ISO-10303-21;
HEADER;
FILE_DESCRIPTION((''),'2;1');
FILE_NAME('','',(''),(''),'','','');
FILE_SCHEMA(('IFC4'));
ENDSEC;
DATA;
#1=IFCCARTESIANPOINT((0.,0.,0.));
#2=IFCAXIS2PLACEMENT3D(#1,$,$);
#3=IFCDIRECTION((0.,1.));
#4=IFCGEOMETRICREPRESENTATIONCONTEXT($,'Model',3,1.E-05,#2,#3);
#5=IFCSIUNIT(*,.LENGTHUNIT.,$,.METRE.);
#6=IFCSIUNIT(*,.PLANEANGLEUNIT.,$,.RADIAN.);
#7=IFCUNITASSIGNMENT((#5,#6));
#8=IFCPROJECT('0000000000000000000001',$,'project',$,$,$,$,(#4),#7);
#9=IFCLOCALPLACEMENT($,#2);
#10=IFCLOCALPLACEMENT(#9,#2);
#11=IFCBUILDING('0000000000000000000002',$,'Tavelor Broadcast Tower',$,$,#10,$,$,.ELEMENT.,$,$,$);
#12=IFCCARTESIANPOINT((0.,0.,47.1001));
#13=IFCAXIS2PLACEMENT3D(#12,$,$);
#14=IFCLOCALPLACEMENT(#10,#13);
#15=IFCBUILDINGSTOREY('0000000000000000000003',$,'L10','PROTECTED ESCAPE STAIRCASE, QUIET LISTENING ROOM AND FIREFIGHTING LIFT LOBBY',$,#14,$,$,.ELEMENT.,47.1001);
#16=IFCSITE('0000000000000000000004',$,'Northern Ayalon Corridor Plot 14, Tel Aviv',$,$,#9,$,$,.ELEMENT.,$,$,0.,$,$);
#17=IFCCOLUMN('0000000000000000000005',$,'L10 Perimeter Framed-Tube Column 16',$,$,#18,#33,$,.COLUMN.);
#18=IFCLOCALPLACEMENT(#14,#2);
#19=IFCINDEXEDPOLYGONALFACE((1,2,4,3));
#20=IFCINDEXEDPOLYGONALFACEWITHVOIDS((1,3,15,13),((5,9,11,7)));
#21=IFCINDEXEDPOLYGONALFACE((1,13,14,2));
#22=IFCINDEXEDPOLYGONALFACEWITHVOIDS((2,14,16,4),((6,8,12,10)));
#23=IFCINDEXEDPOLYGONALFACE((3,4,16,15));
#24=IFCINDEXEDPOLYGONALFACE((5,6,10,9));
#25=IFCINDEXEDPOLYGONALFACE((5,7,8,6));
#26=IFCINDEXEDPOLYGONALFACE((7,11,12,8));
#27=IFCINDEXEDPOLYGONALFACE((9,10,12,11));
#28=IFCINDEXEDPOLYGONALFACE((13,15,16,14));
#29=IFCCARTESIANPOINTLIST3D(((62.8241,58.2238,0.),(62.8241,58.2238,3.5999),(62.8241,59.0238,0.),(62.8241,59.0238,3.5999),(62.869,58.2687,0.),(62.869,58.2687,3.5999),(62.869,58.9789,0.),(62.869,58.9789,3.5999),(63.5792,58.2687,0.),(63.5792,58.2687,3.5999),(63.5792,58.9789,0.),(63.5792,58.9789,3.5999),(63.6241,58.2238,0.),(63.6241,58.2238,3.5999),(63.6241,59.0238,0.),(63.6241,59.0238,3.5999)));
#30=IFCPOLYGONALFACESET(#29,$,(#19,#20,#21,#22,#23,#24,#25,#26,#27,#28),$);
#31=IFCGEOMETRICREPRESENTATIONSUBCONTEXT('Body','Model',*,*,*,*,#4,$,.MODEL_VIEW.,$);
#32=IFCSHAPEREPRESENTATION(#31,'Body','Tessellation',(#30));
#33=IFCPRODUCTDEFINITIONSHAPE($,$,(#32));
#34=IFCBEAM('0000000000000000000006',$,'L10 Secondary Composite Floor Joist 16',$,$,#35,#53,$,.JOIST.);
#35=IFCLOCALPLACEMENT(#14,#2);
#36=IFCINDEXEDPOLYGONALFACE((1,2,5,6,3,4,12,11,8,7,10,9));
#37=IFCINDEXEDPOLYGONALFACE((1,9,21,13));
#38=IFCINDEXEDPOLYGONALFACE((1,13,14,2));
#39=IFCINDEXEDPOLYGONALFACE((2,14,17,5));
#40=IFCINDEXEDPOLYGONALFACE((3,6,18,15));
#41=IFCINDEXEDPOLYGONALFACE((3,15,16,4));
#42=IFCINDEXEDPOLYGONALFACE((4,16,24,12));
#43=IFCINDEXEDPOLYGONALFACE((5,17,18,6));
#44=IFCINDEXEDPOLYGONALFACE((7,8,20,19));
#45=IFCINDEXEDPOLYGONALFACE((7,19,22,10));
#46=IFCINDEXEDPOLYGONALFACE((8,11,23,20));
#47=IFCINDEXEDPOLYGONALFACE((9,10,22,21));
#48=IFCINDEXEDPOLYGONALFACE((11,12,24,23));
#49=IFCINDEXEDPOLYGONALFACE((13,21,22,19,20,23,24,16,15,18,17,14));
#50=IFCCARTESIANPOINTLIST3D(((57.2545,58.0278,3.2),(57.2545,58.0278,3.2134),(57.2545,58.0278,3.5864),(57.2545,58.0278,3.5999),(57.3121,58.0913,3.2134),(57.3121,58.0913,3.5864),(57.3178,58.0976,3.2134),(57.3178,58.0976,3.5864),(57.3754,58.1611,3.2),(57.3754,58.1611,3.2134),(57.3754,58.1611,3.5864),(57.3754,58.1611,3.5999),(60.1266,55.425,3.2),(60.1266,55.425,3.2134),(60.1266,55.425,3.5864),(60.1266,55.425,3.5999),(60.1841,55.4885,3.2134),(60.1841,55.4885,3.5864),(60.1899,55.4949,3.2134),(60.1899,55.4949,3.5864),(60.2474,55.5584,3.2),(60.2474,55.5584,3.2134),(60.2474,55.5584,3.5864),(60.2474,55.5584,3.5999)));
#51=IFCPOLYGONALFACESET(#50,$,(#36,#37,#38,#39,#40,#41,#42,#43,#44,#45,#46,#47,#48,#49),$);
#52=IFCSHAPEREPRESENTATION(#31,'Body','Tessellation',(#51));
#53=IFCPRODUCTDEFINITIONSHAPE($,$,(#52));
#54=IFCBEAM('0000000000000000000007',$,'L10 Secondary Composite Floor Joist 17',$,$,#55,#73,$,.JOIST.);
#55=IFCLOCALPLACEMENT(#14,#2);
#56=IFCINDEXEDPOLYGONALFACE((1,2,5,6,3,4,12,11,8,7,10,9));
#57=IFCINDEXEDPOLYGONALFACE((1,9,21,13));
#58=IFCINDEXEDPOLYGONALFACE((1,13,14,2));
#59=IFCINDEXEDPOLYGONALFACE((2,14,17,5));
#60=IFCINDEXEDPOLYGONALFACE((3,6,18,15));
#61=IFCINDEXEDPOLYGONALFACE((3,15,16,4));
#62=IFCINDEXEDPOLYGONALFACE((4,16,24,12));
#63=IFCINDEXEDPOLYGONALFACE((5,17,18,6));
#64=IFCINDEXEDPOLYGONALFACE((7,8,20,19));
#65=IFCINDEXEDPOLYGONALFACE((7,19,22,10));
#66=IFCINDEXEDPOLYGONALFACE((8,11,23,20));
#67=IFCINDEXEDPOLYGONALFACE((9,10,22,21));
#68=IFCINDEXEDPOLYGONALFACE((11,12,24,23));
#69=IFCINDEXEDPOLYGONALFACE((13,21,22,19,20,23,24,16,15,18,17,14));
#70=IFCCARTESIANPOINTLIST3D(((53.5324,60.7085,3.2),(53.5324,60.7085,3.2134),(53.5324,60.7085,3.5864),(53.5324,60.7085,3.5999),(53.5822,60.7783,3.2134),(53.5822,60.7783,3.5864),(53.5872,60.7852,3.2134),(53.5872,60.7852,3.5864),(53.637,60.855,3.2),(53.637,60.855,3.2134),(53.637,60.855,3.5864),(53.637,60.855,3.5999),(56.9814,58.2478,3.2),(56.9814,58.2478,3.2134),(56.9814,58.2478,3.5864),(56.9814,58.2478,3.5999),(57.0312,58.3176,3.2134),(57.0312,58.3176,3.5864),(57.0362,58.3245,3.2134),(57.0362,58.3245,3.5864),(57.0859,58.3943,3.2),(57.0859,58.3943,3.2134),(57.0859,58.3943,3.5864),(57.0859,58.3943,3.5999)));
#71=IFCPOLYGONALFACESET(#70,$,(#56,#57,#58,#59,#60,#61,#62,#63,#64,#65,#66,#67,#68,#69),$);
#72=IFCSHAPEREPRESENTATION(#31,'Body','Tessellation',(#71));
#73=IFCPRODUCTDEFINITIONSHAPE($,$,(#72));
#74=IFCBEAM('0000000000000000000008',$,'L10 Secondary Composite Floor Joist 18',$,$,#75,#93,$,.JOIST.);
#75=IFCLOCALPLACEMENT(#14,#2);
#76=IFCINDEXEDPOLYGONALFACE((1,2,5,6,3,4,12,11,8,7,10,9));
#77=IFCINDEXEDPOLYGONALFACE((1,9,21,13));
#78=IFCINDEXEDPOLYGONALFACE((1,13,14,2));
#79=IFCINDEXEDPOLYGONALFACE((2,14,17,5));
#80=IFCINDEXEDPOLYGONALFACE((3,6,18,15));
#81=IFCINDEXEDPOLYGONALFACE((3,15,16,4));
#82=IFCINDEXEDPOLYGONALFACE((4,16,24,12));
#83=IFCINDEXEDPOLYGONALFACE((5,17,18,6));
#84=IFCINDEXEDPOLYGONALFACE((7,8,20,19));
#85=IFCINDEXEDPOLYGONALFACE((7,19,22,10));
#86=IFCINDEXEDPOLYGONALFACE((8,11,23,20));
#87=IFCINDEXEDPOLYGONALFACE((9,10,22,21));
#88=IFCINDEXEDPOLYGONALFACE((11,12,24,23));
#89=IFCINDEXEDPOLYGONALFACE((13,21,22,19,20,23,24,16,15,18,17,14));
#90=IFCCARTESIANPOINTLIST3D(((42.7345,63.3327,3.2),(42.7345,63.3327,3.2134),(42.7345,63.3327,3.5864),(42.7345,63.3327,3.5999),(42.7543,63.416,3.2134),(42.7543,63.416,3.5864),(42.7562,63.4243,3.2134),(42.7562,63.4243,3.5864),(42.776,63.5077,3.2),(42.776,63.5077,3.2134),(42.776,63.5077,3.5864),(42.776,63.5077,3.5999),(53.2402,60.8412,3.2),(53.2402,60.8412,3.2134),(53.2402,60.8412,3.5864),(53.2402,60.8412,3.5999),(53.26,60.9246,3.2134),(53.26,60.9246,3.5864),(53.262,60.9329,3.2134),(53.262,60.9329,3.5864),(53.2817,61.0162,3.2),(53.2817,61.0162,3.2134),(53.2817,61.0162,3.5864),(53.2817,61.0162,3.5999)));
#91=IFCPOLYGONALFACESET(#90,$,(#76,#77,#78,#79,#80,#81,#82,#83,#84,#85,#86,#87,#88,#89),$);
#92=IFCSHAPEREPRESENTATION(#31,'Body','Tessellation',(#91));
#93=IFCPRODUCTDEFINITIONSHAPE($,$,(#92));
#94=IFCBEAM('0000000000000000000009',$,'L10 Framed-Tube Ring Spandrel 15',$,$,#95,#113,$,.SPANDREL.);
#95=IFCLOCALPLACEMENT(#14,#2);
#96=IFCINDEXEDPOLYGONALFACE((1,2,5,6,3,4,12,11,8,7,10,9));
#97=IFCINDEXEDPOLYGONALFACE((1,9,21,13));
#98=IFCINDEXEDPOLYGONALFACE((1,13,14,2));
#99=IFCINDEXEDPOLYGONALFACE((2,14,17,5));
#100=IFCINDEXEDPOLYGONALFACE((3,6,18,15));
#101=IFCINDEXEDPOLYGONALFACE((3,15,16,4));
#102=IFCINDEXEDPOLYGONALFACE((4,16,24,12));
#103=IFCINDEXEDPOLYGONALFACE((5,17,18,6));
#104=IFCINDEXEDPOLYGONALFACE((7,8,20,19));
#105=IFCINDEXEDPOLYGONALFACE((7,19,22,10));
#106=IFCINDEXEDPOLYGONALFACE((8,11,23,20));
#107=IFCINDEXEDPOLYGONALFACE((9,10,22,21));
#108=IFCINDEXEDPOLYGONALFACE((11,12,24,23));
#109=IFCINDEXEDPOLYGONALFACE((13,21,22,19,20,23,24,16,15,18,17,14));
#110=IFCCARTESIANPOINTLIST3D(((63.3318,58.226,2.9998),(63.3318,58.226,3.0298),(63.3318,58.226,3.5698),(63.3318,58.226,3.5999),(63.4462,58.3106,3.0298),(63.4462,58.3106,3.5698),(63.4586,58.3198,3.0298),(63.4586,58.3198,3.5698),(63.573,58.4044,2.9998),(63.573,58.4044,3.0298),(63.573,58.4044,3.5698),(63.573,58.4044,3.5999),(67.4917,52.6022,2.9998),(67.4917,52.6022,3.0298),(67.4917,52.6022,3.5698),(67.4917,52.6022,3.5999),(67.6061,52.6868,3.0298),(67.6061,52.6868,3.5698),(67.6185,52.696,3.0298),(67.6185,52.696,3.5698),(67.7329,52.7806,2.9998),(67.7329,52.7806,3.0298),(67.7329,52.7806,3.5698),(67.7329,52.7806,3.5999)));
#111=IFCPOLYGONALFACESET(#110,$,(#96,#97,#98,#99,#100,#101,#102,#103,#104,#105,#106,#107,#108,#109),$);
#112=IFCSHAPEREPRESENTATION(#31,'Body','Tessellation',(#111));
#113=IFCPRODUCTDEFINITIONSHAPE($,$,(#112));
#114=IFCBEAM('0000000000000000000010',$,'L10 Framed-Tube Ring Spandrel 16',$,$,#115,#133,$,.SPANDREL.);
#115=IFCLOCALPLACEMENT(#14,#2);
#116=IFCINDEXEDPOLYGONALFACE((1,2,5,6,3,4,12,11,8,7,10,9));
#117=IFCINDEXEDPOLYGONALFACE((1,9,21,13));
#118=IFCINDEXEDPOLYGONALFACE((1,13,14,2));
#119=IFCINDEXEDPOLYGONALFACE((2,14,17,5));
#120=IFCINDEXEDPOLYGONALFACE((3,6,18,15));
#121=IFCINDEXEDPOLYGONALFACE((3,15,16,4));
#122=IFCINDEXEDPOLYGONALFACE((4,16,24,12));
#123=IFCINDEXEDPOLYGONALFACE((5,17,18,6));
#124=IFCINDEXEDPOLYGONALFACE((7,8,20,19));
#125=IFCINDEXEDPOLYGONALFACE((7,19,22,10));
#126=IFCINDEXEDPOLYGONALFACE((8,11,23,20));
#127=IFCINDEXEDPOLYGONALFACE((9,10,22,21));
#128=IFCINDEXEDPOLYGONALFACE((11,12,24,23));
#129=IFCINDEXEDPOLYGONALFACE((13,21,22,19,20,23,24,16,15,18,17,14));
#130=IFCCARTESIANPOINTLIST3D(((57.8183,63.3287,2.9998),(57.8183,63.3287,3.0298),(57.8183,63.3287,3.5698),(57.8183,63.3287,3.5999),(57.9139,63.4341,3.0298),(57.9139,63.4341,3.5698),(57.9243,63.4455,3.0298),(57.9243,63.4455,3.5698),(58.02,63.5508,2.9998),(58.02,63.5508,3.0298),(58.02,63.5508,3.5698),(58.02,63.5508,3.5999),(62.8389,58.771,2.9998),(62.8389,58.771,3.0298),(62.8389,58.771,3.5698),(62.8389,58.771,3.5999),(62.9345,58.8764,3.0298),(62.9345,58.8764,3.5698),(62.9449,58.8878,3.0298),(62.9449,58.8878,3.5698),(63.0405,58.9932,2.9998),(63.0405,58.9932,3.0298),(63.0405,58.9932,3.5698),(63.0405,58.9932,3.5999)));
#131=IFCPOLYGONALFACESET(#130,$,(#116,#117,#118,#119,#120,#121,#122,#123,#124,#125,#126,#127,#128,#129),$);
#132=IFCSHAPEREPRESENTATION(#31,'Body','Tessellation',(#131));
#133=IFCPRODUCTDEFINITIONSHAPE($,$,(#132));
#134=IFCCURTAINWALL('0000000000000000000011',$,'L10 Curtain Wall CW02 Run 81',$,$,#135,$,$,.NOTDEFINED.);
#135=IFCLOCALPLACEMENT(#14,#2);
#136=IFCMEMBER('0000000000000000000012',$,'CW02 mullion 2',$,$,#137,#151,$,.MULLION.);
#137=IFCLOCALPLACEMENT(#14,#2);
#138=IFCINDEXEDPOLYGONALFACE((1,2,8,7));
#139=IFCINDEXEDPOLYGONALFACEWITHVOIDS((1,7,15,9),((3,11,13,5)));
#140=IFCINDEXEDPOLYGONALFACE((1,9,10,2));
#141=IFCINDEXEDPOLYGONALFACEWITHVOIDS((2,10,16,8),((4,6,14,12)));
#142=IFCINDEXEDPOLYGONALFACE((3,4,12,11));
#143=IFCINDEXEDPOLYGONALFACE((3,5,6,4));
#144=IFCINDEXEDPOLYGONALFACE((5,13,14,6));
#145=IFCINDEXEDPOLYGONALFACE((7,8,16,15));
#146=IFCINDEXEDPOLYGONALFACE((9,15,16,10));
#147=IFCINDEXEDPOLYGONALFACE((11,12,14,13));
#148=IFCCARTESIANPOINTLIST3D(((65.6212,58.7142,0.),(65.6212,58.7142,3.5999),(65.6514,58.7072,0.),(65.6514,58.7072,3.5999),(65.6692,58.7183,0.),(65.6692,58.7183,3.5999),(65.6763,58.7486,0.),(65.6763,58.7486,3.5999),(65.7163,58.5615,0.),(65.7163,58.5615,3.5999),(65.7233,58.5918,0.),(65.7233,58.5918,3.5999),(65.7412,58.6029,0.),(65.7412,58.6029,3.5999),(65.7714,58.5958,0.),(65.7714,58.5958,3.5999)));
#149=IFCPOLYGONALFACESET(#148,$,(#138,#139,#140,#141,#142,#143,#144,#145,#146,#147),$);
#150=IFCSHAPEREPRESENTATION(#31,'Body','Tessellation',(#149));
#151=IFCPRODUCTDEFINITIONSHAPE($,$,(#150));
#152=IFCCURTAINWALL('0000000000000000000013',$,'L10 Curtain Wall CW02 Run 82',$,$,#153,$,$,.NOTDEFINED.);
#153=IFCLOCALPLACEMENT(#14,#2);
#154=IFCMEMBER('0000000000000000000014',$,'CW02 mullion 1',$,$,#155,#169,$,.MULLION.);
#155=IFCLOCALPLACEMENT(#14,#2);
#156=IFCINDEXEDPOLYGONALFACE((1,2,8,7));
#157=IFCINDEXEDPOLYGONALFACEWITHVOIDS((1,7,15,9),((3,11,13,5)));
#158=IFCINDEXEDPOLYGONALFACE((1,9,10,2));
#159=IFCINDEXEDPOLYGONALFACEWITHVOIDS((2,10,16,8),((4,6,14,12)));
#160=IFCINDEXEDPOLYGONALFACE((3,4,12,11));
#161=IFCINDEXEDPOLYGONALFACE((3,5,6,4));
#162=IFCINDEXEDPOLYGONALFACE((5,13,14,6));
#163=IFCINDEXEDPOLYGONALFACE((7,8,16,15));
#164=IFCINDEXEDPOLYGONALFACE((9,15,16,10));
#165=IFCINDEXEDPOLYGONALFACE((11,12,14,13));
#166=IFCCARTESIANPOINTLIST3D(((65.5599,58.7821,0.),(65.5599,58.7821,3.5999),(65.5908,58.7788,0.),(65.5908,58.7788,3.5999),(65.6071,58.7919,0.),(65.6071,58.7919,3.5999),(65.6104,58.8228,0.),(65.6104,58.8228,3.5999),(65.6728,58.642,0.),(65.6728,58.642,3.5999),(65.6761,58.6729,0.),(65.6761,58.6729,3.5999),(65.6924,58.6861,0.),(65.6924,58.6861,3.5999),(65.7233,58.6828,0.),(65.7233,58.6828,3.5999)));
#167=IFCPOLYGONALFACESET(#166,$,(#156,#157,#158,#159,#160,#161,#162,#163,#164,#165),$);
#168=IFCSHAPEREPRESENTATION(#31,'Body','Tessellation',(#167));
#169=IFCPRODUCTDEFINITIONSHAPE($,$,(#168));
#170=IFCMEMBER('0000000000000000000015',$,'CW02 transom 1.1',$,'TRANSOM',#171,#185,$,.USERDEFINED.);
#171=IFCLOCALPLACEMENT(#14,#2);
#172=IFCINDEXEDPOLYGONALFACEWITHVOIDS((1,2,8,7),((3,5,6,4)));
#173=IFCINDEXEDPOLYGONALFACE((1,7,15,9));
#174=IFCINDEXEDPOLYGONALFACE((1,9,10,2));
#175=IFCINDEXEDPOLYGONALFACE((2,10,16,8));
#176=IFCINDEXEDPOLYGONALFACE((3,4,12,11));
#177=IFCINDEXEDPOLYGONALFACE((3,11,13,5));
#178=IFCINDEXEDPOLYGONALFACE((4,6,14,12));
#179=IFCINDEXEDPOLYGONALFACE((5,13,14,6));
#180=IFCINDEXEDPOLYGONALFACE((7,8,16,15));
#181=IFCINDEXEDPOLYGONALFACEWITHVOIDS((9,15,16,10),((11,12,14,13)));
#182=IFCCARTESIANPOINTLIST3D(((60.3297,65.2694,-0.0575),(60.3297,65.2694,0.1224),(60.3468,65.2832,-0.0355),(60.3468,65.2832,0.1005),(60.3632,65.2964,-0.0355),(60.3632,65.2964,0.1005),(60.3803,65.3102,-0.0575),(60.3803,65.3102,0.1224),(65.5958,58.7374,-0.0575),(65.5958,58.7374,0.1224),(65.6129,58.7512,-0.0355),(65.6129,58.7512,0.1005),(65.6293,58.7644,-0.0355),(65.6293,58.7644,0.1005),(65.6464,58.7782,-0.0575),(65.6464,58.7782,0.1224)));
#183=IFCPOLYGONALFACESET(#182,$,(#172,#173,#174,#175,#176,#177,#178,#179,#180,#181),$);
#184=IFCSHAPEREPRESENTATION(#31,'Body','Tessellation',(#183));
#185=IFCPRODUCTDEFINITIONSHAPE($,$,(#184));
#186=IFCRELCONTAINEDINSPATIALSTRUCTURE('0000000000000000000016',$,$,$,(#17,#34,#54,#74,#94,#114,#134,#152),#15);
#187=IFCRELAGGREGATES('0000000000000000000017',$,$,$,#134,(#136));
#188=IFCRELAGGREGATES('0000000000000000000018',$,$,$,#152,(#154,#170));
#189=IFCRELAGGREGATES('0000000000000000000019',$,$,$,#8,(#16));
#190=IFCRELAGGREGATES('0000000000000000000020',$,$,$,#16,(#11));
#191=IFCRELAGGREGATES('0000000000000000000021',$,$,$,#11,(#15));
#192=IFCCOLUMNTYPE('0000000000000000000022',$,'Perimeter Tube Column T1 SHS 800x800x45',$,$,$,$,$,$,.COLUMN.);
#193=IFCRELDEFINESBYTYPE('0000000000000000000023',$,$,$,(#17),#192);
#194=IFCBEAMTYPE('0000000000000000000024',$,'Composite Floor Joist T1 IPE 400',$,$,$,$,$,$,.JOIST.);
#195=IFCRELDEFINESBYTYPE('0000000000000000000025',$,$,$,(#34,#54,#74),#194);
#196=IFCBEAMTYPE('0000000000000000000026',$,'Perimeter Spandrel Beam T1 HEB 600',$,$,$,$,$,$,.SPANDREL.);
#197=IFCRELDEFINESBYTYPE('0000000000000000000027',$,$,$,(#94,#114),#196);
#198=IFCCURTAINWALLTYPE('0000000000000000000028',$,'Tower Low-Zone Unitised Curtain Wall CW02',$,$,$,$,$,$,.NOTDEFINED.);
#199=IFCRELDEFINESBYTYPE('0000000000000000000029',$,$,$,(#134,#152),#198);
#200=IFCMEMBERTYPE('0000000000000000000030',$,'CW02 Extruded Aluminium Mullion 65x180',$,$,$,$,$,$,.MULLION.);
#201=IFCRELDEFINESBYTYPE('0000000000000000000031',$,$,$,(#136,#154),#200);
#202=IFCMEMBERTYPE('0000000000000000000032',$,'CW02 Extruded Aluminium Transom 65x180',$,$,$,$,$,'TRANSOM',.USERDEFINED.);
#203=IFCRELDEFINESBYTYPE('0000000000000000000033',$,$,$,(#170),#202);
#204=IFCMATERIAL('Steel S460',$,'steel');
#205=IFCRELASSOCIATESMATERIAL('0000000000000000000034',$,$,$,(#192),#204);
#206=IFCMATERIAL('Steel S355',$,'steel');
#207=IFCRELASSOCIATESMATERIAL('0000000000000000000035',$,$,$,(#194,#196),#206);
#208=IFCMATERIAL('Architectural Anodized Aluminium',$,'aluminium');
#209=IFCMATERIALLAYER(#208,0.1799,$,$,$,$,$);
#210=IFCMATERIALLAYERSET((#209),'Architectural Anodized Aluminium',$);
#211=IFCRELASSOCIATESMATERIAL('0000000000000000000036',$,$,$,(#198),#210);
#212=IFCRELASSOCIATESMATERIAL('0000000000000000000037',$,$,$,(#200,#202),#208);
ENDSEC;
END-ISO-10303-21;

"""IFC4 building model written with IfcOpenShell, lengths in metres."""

from ifc_helpers import new_model, si_unit, direction, frame, origin, origin_2d, place, context, subcontext, project, spatial, hollow_rectangle, i_section, extrude, source, transform, mapped, material, layer, layer_set, material_profile, profile_set, type_object, type_shapes, element, aggregate, save


model = new_model("IFC4")

# Units and contexts
model_context = context("Model", 3, precision=1e-05, world=origin(), true_north=direction((0.0, 1.0)))
body_context = subcontext(model_context, "Body", "Model", "MODEL_VIEW")
ifc_project = project(units=[si_unit("LENGTHUNIT", "METRE"), si_unit("PLANEANGLEUNIT", "RADIAN")], contexts=[model_context])

# Site, building, storey
site_placement = place(None, origin())
site = spatial("IfcSite", under=ifc_project, at=site_placement, Name="Northern Ayalon Corridor Plot 14, Tel Aviv", CompositionType="ELEMENT", RefElevation=0.0)
building_placement = place(site_placement, origin())
building = spatial("IfcBuilding", under=site, at=building_placement, Name="Tavelor Broadcast Tower", CompositionType="ELEMENT")
storey_placement = place(building_placement, frame((0.0, 0.0, 47.1001)))
storey = spatial("IfcBuildingStorey", under=building, at=storey_placement, Name="L10", Description="PROTECTED ESCAPE STAIRCASE, QUIET LISTENING ROOM AND FIREFIGHTING LIFT LOBBY", CompositionType="ELEMENT", Elevation=47.1001)

# Column
ifc_material_1 = material(Name="Steel S460", Category="steel")
ifc_material_profile_1 = material_profile(ifc_material_1, hollow_rectangle(XDim=0.8, YDim=0.8, WallThickness=0.0449, at=origin_2d()), Name="SHS 800x800x45")
ifc_profile_set_1 = profile_set([ifc_material_profile_1], Name="Steel S460")
column_type = type_object("IfcColumnType", Name="Perimeter Tube Column T1 SHS 800x800x45", PredefinedType="COLUMN", material=ifc_profile_set_1)
column_placement = place(storey_placement, frame((63.2241, 58.6238, 0.0), z_axis=(0.0, 0.0, 1.0), x_axis=(1.0, 0.0, 0.0)))
element("IfcColumn", 1, at=column_placement, inside=storey, type_object=column_type, Name="L10 Perimeter Framed-Tube Column 16", PredefinedType="COLUMN", context=body_context, shape_type="SweptSolid", body=[
    extrude(hollow_rectangle(XDim=0.8, YDim=0.8, WallThickness=0.0449, at=origin_2d()), origin(), (0.0, 0.0, 1.0), 3.5999),
])

# Beams
ifc_material_2 = material(Name="Steel S355", Category="steel")
ifc_material_profile_2 = material_profile(ifc_material_2, i_section(OverallWidth=0.1799, OverallDepth=0.3999, WebThickness=0.0085, FlangeThickness=0.0134, at=origin_2d()), Name="IPE 400")
ifc_profile_set_2 = profile_set([ifc_material_profile_2], Name="Steel S355")
beam_type_1 = type_object("IfcBeamType", Name="Composite Floor Joist T1 IPE 400", PredefinedType="JOIST", material=ifc_profile_set_2)
beam_1_placement = place(storey_placement, frame((60.187, 55.4917, 3.3999), z_axis=(-0.740991, 0.671515, 0.0), x_axis=(-0.671515, -0.740991, 0.0)))
element("IfcBeam", 2, at=beam_1_placement, inside=storey, type_object=beam_type_1, Name="L10 Secondary Composite Floor Joist 16", PredefinedType="JOIST", context=body_context, shape_type="SweptSolid", body=[
    extrude(i_section(OverallWidth=0.1799, OverallDepth=0.3999, WebThickness=0.0085, FlangeThickness=0.0134, at=origin_2d()), origin(), (0.0, 0.0, 1.0), 3.876),
])
beam_2_placement = place(storey_placement, frame((57.0337, 58.321, 3.3999), z_axis=(-0.814053, 0.580791, 0.0), x_axis=(-0.580791, -0.814053, 0.0)))
element("IfcBeam", 3, at=beam_2_placement, inside=storey, type_object=beam_type_1, Name="L10 Secondary Composite Floor Joist 17", PredefinedType="JOIST", context=body_context, shape_type="SweptSolid", body=[
    extrude(i_section(OverallWidth=0.1799, OverallDepth=0.3999, WebThickness=0.0085, FlangeThickness=0.0134, at=origin_2d()), origin(), (0.0, 0.0, 1.0), 4.2368),
])
beam_3_placement = place(storey_placement, frame((53.261, 60.9287, 3.3999), z_axis=(-0.973012, 0.230754, 0.0), x_axis=(-0.230754, -0.973012, 0.0)))
element("IfcBeam", 4, at=beam_3_placement, inside=storey, type_object=beam_type_1, Name="L10 Secondary Composite Floor Joist 18", PredefinedType="JOIST", context=body_context, shape_type="SweptSolid", body=[
    extrude(i_section(OverallWidth=0.1799, OverallDepth=0.3999, WebThickness=0.0085, FlangeThickness=0.0134, at=origin_2d()), origin(), (0.0, 0.0, 1.0), 10.7971),
])
ifc_material_profile_3 = material_profile(ifc_material_2, i_section(OverallWidth=0.3, OverallDepth=0.6001, WebThickness=0.0154, FlangeThickness=0.03, at=origin_2d()), Name="HEB 600")
ifc_profile_set_3 = profile_set([ifc_material_profile_3], Name="Steel S355")
beam_type_2 = type_object("IfcBeamType", Name="Perimeter Spandrel Beam T1 HEB 600", PredefinedType="SPANDREL", material=ifc_profile_set_3)
beam_4_placement = place(storey_placement, frame((67.6123, 52.6914, 3.2998), z_axis=(-0.594687, 0.803957, 0.0), x_axis=(-0.803957, -0.594687, 0.0)))
element("IfcBeam", 5, at=beam_4_placement, inside=storey, type_object=beam_type_2, Name="L10 Framed-Tube Ring Spandrel 15", PredefinedType="SPANDREL", context=body_context, shape_type="SweptSolid", body=[
    extrude(i_section(OverallWidth=0.3, OverallDepth=0.6001, WebThickness=0.0154, FlangeThickness=0.03, at=origin_2d()), origin(), (0.0, 0.0, 1.0), 6.9951),
])
beam_5_placement = place(storey_placement, frame((62.9397, 58.8821, 3.2998), z_axis=(-0.740416, 0.672149, 0.0), x_axis=(-0.672149, -0.740416, 0.0)))
element("IfcBeam", 6, at=beam_5_placement, inside=storey, type_object=beam_type_2, Name="L10 Framed-Tube Ring Spandrel 16", PredefinedType="SPANDREL", context=body_context, shape_type="SweptSolid", body=[
    extrude(i_section(OverallWidth=0.3, OverallDepth=0.6001, WebThickness=0.0154, FlangeThickness=0.03, at=origin_2d()), origin(), (0.0, 0.0, 1.0), 6.7808),
])

# Curtain wall, member
ifc_material_3 = material(Name="Architectural Anodized Aluminium", Category="aluminium")
ifc_layer_1 = layer(ifc_material_3, 0.1799)
ifc_layer_set_1 = layer_set([ifc_layer_1], Name="Architectural Anodized Aluminium")
curtain_wall_type = type_object("IfcCurtainWallType", Name="Tower Low-Zone Unitised Curtain Wall CW02", PredefinedType="NOTDEFINED", material=ifc_layer_set_1)
curtain_wall_1_placement = place(storey_placement, origin())
curtain_wall_1 = element("IfcCurtainWall", 7, at=curtain_wall_1_placement, inside=storey, type_object=curtain_wall_type, Name="L10 Curtain Wall CW02 Run 81", PredefinedType="NOTDEFINED")
ifc_material_profile_4 = material_profile(ifc_material_3, hollow_rectangle(XDim=0.0649, YDim=0.1799, WallThickness=0.022, at=origin_2d()), Name="RHS 65x180x22")
ifc_profile_set_4 = profile_set([ifc_material_profile_4], Name="Architectural Anodized Aluminium")
member_type_1 = type_object("IfcMemberType", Name="CW02 Extruded Aluminium Mullion 65x180", PredefinedType="MULLION", material=ifc_profile_set_4)
shared_shape_1 = source(origin(), body_context, "Body", "SweptSolid", [
    extrude(hollow_rectangle(XDim=0.0649, YDim=0.1799, WallThickness=0.022, at=origin_2d()), origin(), (0.0, 0.0, 1.0), 3.5999),
])
type_shapes(member_type_1, [shared_shape_1])
member_1_placement = place(storey_placement, frame((65.6963, 58.655, 0.0), z_axis=(0.0, 0.0, 1.0), x_axis=(-0.848739, -0.528812, 0.0)))
member_1 = element("IfcMember", 8, at=member_1_placement, type_object=member_type_1, Name="CW02 mullion 2", PredefinedType="MULLION", context=body_context, shape_type="MappedRepresentation", body=[
    mapped(shared_shape_1, transform((0.0, 0.0, 0.0), scale=1.0)),
])

# Curtain wall, members
curtain_wall_2_placement = place(storey_placement, origin())
curtain_wall_2 = element("IfcCurtainWall", 9, at=curtain_wall_2_placement, inside=storey, type_object=curtain_wall_type, Name="L10 Curtain Wall CW02 Run 82", PredefinedType="NOTDEFINED")
member_2_placement = place(storey_placement, frame((65.6416, 58.7324, 0.0), z_axis=(0.0, 0.0, 1.0), x_axis=(-0.778514, -0.627628, 0.0)))
member_2 = element("IfcMember", 10, at=member_2_placement, type_object=member_type_1, Name="CW02 mullion 1", PredefinedType="MULLION", context=body_context, shape_type="MappedRepresentation", body=[
    mapped(shared_shape_1, transform((0.0, 0.0, 0.0), scale=1.0)),
])
ifc_material_profile_5 = material_profile(ifc_material_3, hollow_rectangle(XDim=0.0649, YDim=0.1799, WallThickness=0.022, at=origin_2d()), Name="RHS 65x180x22")
ifc_profile_set_5 = profile_set([ifc_material_profile_5], Name="Architectural Anodized Aluminium")
member_type_2 = type_object("IfcMemberType", Name="CW02 Extruded Aluminium Transom 65x180", ElementType="TRANSOM", PredefinedType="USERDEFINED", material=ifc_profile_set_5)
shared_shape_2 = source(origin(), body_context, "Body", "SweptSolid", [
    extrude(hollow_rectangle(XDim=0.0649, YDim=0.1799, WallThickness=0.022, at=origin_2d()), origin(), (0.0, 0.0, 1.0), 8.3904),
])
type_shapes(member_type_2, [shared_shape_2])
member_3_placement = place(storey_placement, frame((65.6211, 58.7578, 0.0325), z_axis=(-0.627636, 0.778507, 0.0), x_axis=(-0.778507, -0.627636, 0.0)))
member_3 = element("IfcMember", 11, at=member_3_placement, type_object=member_type_2, Name="CW02 transom 1.1", ObjectType="TRANSOM", PredefinedType="USERDEFINED", context=body_context, shape_type="MappedRepresentation", body=[
    mapped(shared_shape_2, transform((0.0, 0.0, 0.0), scale=1.0)),
])

aggregate(curtain_wall_1, [member_1])
aggregate(curtain_wall_2, [member_2, member_3])

save(model, "model.ifc")
